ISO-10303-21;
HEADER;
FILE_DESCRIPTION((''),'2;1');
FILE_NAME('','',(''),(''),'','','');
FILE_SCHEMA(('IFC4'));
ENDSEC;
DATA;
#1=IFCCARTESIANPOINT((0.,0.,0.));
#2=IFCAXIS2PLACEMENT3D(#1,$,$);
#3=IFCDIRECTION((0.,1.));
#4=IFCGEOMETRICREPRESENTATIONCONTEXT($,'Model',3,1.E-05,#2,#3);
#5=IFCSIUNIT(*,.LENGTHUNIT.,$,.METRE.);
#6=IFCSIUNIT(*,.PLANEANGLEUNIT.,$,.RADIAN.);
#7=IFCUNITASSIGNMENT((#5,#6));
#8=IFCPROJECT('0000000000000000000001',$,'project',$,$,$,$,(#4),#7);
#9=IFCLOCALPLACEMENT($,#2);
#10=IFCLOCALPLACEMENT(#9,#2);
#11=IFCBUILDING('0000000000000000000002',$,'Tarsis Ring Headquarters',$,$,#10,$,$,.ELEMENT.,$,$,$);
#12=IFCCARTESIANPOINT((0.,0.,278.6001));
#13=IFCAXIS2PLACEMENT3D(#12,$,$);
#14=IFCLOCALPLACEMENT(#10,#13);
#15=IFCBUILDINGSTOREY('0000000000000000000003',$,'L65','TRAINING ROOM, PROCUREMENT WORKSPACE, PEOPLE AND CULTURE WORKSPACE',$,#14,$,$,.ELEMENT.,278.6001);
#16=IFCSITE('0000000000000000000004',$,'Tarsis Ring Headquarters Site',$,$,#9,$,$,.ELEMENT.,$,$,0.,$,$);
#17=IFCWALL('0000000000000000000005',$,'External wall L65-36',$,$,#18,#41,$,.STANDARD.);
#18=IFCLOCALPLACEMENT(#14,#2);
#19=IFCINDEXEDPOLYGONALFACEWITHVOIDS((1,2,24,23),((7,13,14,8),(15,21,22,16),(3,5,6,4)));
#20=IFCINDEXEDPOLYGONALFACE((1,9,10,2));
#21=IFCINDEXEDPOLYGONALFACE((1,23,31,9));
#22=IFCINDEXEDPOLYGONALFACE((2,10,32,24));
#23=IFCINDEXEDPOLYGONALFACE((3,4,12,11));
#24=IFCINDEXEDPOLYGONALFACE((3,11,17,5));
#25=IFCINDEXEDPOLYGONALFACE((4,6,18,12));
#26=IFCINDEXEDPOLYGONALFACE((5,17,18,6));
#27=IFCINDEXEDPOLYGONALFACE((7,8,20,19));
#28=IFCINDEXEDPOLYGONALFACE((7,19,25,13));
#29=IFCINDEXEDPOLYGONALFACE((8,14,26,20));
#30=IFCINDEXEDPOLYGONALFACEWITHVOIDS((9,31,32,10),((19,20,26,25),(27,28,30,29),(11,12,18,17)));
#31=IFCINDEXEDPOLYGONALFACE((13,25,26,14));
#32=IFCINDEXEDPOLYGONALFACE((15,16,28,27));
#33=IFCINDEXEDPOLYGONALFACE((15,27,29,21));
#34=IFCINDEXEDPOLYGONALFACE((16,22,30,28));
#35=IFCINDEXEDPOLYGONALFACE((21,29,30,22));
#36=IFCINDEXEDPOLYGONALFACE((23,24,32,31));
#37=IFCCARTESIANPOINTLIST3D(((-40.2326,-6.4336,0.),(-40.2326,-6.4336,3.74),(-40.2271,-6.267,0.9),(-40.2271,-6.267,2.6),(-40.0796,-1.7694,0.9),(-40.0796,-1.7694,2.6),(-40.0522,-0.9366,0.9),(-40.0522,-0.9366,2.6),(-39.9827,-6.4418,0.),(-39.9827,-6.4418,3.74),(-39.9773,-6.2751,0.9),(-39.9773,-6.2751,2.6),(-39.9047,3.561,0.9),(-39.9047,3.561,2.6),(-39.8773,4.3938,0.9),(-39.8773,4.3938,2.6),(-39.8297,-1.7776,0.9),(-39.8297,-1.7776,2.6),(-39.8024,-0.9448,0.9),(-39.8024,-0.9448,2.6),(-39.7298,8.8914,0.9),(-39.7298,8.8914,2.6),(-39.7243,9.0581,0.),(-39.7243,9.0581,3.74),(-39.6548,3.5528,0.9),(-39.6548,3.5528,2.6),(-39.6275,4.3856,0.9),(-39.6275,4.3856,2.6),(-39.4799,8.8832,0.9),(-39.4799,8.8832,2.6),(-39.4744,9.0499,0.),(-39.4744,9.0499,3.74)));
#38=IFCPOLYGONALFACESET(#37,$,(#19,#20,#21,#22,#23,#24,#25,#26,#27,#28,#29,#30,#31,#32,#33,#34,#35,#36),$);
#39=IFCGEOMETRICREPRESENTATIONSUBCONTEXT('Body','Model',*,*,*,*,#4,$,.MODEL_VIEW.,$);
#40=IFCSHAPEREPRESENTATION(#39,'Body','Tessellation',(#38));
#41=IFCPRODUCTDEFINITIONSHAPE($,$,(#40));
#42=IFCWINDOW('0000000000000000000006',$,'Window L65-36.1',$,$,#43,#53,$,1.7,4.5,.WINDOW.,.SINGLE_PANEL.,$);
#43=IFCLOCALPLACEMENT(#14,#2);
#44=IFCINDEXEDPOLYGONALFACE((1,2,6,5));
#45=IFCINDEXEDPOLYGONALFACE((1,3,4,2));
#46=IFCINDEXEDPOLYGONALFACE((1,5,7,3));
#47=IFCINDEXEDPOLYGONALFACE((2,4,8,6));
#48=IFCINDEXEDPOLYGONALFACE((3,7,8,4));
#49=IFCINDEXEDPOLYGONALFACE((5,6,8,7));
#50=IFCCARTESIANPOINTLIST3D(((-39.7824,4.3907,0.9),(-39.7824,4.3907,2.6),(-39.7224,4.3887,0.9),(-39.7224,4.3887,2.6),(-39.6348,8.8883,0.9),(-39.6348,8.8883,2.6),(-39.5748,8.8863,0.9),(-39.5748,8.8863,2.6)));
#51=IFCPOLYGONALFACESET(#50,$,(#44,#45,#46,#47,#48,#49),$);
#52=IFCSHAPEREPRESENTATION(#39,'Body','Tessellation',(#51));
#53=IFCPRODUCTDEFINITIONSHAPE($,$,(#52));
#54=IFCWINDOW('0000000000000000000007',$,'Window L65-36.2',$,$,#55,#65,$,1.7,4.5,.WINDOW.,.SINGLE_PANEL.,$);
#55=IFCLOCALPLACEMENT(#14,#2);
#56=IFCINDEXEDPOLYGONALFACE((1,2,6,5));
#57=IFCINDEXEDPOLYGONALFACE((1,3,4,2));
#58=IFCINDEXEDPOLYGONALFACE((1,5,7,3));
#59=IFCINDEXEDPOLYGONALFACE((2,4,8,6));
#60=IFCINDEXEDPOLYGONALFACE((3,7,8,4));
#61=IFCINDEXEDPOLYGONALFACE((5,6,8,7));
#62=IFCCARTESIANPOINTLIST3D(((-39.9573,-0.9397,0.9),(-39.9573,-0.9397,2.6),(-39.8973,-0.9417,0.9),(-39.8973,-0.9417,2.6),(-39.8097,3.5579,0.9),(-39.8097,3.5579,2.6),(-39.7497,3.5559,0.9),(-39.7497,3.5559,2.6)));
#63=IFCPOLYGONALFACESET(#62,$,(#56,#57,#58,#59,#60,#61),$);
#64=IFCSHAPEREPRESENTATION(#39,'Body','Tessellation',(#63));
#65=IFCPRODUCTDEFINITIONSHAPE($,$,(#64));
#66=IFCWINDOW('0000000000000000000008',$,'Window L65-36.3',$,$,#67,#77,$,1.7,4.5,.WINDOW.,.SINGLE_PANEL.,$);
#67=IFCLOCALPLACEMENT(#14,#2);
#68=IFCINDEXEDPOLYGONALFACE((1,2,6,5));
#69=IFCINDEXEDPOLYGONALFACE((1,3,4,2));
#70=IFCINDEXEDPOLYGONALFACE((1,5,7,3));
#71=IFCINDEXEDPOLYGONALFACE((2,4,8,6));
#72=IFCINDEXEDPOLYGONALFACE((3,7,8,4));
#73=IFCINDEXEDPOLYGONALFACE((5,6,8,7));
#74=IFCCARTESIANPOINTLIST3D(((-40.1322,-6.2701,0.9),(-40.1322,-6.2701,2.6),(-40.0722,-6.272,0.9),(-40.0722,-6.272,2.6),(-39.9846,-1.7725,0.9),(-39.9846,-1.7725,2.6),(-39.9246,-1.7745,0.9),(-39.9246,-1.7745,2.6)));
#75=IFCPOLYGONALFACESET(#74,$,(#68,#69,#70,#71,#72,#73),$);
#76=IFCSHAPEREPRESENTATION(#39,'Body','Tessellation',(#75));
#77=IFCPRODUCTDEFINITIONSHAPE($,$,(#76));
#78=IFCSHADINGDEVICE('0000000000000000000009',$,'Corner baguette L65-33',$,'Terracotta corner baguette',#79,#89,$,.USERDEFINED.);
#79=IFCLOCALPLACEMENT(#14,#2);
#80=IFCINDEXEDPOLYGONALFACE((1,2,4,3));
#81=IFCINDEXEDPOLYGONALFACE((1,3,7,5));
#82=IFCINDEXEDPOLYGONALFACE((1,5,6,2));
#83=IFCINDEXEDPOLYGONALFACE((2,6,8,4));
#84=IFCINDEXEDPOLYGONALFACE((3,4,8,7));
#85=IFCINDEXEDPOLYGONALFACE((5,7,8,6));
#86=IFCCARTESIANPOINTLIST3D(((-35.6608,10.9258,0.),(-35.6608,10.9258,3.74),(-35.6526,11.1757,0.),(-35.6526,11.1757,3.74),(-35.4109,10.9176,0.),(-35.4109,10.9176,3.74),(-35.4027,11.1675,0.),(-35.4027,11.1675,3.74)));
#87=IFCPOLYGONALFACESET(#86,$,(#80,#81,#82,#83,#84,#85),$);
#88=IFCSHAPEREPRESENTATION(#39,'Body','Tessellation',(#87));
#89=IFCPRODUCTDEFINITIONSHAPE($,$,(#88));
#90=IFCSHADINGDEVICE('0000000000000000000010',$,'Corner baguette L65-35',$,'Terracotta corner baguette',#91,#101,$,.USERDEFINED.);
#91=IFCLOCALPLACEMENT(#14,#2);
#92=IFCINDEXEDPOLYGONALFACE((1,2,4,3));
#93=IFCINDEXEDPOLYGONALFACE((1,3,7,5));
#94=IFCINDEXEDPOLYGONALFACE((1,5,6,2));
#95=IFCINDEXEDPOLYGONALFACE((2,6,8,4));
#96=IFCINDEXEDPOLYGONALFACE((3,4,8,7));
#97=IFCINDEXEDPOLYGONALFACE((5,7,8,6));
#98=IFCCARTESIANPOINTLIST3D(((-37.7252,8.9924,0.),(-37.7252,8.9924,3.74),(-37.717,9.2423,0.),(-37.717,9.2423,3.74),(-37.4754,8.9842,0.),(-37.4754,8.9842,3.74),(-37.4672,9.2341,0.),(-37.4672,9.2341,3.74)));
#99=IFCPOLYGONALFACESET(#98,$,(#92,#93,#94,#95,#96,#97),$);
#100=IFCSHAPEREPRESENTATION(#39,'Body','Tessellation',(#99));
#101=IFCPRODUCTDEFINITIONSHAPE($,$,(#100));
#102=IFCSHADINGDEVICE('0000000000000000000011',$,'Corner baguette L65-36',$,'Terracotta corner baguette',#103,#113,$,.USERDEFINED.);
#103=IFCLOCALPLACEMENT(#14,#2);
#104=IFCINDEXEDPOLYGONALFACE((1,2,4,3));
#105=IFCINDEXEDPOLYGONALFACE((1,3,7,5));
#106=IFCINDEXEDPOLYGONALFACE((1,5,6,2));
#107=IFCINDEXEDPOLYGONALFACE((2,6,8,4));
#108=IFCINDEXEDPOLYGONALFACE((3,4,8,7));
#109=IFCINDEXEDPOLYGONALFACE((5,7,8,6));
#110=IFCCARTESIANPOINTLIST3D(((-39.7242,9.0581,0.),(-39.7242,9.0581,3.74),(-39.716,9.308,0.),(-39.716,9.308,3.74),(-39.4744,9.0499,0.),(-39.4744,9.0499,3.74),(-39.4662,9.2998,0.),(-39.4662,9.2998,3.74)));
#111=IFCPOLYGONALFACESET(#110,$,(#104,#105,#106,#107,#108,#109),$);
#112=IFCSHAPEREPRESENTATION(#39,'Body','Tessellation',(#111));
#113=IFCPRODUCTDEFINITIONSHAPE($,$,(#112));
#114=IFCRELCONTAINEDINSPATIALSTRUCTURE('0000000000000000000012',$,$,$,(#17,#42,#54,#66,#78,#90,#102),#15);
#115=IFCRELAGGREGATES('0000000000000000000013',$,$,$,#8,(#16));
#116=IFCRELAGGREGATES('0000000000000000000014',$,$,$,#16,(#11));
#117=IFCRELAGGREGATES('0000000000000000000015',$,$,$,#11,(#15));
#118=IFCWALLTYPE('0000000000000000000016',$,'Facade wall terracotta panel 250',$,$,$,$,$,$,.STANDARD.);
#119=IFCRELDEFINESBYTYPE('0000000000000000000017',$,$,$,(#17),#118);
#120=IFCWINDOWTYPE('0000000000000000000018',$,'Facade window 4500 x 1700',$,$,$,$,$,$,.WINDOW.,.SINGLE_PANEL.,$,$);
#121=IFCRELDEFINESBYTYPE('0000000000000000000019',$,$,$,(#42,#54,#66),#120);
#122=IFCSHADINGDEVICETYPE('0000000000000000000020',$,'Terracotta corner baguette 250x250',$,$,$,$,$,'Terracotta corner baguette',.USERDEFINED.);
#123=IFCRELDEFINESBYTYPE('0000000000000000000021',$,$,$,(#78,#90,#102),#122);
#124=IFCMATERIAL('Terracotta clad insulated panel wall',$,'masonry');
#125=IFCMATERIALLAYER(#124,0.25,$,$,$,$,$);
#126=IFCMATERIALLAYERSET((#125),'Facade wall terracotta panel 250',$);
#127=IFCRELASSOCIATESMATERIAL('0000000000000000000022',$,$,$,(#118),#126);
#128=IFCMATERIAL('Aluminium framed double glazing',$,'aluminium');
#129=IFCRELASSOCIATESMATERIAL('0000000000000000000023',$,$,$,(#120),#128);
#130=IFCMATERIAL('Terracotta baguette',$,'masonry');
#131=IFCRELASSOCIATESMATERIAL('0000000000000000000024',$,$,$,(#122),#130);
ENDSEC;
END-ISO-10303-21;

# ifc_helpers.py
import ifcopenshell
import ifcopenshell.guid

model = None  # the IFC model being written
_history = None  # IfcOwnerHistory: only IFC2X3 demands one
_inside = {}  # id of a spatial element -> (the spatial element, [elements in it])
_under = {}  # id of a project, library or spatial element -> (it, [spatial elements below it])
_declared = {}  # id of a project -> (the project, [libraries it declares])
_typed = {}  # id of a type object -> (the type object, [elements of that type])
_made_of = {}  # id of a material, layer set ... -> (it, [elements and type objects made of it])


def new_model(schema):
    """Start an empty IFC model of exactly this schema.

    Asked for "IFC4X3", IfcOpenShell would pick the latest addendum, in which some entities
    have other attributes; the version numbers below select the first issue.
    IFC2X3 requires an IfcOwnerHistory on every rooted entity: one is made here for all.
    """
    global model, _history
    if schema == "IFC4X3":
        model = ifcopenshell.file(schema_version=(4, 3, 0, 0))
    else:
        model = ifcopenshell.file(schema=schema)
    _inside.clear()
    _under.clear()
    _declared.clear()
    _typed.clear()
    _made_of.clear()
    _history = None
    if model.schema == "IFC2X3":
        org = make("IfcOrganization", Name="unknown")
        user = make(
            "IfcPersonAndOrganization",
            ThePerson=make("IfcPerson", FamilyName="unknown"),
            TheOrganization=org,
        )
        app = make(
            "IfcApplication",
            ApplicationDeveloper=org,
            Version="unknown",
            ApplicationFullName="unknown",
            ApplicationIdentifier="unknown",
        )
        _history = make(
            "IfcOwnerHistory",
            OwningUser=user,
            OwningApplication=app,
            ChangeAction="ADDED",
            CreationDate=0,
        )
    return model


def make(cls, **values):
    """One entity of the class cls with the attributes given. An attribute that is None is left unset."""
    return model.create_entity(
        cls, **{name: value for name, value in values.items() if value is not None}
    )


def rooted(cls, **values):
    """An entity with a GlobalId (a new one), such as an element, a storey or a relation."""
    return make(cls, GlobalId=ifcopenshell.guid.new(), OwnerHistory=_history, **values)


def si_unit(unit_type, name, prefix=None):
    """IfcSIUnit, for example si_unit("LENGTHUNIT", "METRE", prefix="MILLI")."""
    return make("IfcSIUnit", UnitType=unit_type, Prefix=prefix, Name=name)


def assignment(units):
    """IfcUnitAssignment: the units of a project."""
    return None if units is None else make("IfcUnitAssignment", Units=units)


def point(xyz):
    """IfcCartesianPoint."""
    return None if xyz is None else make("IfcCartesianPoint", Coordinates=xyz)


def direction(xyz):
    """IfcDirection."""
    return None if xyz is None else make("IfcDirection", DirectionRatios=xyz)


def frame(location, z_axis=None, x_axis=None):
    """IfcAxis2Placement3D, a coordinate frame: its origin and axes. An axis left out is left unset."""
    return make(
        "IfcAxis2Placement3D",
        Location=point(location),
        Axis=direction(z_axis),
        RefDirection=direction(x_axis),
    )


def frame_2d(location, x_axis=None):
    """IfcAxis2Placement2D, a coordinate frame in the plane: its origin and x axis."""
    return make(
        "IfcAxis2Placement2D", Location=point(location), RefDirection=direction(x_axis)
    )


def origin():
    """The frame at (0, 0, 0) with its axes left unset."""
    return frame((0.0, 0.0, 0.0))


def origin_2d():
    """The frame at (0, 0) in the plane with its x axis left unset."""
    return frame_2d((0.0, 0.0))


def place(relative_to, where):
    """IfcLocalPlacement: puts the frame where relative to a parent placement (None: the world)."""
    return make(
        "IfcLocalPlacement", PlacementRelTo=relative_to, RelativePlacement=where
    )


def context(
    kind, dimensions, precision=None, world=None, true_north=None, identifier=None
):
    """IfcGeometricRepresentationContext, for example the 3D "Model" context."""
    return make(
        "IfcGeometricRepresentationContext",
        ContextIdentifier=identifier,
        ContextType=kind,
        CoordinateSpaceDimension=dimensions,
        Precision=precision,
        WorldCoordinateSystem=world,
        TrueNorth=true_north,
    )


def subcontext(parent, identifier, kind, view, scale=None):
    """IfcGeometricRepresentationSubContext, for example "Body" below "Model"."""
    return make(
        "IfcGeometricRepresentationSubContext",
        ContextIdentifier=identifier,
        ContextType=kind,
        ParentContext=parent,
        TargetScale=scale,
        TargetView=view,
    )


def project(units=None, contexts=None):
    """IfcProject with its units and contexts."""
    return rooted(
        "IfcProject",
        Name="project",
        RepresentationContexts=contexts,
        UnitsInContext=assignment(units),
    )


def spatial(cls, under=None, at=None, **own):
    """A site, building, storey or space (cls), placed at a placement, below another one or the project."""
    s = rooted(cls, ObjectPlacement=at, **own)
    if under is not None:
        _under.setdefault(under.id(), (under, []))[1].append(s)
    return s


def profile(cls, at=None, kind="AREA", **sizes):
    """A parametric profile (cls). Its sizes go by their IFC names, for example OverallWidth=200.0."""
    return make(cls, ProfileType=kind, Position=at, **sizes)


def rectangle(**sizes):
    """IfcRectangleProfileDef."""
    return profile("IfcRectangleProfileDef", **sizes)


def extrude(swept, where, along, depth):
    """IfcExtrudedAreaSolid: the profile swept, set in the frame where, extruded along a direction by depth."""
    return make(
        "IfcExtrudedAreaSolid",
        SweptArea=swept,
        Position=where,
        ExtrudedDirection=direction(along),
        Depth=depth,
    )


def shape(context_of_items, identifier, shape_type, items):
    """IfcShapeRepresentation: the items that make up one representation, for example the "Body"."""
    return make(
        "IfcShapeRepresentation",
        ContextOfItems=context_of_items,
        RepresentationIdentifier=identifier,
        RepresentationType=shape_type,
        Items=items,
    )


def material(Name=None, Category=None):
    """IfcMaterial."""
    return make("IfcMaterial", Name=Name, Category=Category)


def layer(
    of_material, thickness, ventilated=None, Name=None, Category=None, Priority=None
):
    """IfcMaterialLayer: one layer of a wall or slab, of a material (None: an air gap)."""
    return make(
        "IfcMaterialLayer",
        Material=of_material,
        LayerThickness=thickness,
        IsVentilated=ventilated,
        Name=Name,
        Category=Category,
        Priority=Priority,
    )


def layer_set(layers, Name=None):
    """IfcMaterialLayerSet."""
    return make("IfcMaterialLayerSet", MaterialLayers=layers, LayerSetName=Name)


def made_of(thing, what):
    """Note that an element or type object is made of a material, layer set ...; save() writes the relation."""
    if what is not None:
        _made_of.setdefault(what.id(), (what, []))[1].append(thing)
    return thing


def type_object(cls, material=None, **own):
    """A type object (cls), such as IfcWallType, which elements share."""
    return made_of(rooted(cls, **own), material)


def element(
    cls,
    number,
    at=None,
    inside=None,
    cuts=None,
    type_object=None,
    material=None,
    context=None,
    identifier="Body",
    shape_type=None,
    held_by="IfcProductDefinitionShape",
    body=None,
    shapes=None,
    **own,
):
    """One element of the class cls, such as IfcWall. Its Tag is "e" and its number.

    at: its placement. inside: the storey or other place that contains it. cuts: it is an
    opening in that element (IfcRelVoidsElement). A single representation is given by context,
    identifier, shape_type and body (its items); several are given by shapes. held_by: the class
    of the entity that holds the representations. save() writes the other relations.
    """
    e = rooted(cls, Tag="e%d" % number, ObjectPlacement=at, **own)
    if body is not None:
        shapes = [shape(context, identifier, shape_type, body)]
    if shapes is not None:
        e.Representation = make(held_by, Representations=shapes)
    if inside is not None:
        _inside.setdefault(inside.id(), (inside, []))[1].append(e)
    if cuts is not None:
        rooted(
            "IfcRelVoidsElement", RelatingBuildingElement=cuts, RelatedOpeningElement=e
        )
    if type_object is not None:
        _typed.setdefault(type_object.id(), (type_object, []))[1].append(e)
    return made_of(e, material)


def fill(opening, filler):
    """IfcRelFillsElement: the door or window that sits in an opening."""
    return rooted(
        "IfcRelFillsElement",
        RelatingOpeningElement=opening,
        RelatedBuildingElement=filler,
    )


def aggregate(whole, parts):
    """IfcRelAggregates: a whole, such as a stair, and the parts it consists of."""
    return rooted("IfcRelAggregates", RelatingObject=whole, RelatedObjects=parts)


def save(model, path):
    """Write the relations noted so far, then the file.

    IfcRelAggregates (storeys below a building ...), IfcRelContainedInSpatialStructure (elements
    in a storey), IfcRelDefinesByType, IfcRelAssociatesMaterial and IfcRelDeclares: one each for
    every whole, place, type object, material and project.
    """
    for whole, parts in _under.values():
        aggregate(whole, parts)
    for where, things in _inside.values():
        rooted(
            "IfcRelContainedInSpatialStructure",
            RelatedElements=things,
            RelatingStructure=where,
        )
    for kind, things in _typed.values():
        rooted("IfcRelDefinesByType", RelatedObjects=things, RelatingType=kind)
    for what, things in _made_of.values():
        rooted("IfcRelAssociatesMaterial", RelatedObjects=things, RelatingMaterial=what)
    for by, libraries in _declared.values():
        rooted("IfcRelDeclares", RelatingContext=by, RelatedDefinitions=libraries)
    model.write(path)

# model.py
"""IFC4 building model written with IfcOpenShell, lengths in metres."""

from ifc_helpers import new_model, si_unit, direction, frame, frame_2d, origin, origin_2d, place, context, subcontext, project, spatial, rectangle, extrude, material, layer, layer_set, type_object, element, fill, save


model = new_model("IFC4")

# Units and contexts
model_context = context("Model", 3, precision=1e-05, world=origin(), true_north=direction((0.0, 1.0)))
body_context = subcontext(model_context, "Body", "Model", "MODEL_VIEW")
ifc_project = project(units=[si_unit("LENGTHUNIT", "METRE"), si_unit("PLANEANGLEUNIT", "RADIAN")], contexts=[model_context])

# Site, building, storey
site_placement = place(None, origin())
site = spatial("IfcSite", under=ifc_project, at=site_placement, Name="Tarsis Ring Headquarters Site", CompositionType="ELEMENT", RefElevation=0.0)
building_placement = place(site_placement, origin())
building = spatial("IfcBuilding", under=site, at=building_placement, Name="Tarsis Ring Headquarters", CompositionType="ELEMENT")
storey_placement = place(building_placement, frame((0.0, 0.0, 278.6001)))
storey = spatial("IfcBuildingStorey", under=building, at=storey_placement, Name="L65", Description="TRAINING ROOM, PROCUREMENT WORKSPACE, PEOPLE AND CULTURE WORKSPACE", CompositionType="ELEMENT", Elevation=278.6001)

# Shared definitions
ifc_material_1 = material(Name="Terracotta clad insulated panel wall", Category="masonry")
ifc_layer_1 = layer(ifc_material_1, 0.25)
ifc_layer_set_1 = layer_set([ifc_layer_1], Name="Facade wall terracotta panel 250")
wall_type_1 = type_object("IfcWallType", Name="Facade wall terracotta panel 250", PredefinedType="STANDARD", material=ifc_layer_set_1)

# Wall, openings, windows
wall_1_placement = place(storey_placement, frame((-39.5994, 9.054, 0.0), z_axis=(0.0, 0.0, 1.0), x_axis=(-0.032794, -0.999462, 0.0)))
wall_1 = element("IfcWall", 1, at=wall_1_placement, inside=storey, type_object=wall_type_1, Name="External wall L65-36", PredefinedType="STANDARD", context=body_context, shape_type="SweptSolid", body=[
    extrude(rectangle(XDim=15.5, YDim=0.25, at=frame_2d((7.75, 0.0))), origin(), (0.0, 0.0, 1.0), 3.74),
])
opening_1_placement = place(wall_1_placement, frame((0.1667, 0.0, 0.8999)))
opening_1 = element("IfcOpeningElement", 2, at=opening_1_placement, cuts=wall_1, PredefinedType="OPENING", context=body_context, shape_type="SweptSolid", body=[
    extrude(rectangle(XDim=4.5, YDim=1.7, at=frame_2d((2.25, 0.8501))), frame((0.0, 0.135, 0.0), z_axis=(0.0, -1.0, 0.0), x_axis=(1.0, 0.0, 0.0)), (0.0, 0.0, 1.0), 0.27),
])
opening_2_placement = place(wall_1_placement, frame((5.5, 0.0, 0.8999)))
opening_2 = element("IfcOpeningElement", 3, at=opening_2_placement, cuts=wall_1, PredefinedType="OPENING", context=body_context, shape_type="SweptSolid", body=[
    extrude(rectangle(XDim=4.5, YDim=1.7, at=frame_2d((2.25, 0.8501))), frame((0.0, 0.135, 0.0), z_axis=(0.0, -1.0, 0.0), x_axis=(1.0, 0.0, 0.0)), (0.0, 0.0, 1.0), 0.27),
])
opening_3_placement = place(wall_1_placement, frame((10.8333, 0.0, 0.8999)))
opening_3 = element("IfcOpeningElement", 4, at=opening_3_placement, cuts=wall_1, PredefinedType="OPENING", context=body_context, shape_type="SweptSolid", body=[
    extrude(rectangle(XDim=4.5, YDim=1.7, at=frame_2d((2.25, 0.8501))), frame((0.0, 0.135, 0.0), z_axis=(0.0, -1.0, 0.0), x_axis=(1.0, 0.0, 0.0)), (0.0, 0.0, 1.0), 0.27),
])
ifc_material_2 = material(Name="Aluminium framed double glazing", Category="aluminium")
window_type = type_object("IfcWindowType", Name="Facade window 4500 x 1700", PartitioningType="SINGLE_PANEL", PredefinedType="WINDOW", material=ifc_material_2)
window_1_placement = place(opening_1_placement, origin())
window_1 = element("IfcWindow", 5, at=window_1_placement, inside=storey, type_object=window_type, Name="Window L65-36.1", OverallHeight=1.7, OverallWidth=4.5, PartitioningType="SINGLE_PANEL", PredefinedType="WINDOW", context=body_context, shape_type="SweptSolid", body=[
    extrude(rectangle(XDim=4.5, YDim=1.7, at=frame_2d((2.25, 0.8501))), frame((0.0, 0.03, 0.0), z_axis=(0.0, -1.0, 0.0), x_axis=(1.0, 0.0, 0.0)), (0.0, 0.0, 1.0), 0.0601),
])
fill(opening_1, window_1)
window_2_placement = place(opening_2_placement, origin())
window_2 = element("IfcWindow", 6, at=window_2_placement, inside=storey, type_object=window_type, Name="Window L65-36.2", OverallHeight=1.7, OverallWidth=4.5, PartitioningType="SINGLE_PANEL", PredefinedType="WINDOW", context=body_context, shape_type="SweptSolid", body=[
    extrude(rectangle(XDim=4.5, YDim=1.7, at=frame_2d((2.25, 0.8501))), frame((0.0, 0.03, 0.0), z_axis=(0.0, -1.0, 0.0), x_axis=(1.0, 0.0, 0.0)), (0.0, 0.0, 1.0), 0.0601),
])
fill(opening_2, window_2)
window_3_placement = place(opening_3_placement, origin())
window_3 = element("IfcWindow", 7, at=window_3_placement, inside=storey, type_object=window_type, Name="Window L65-36.3", OverallHeight=1.7, OverallWidth=4.5, PartitioningType="SINGLE_PANEL", PredefinedType="WINDOW", context=body_context, shape_type="SweptSolid", body=[
    extrude(rectangle(XDim=4.5, YDim=1.7, at=frame_2d((2.25, 0.8501))), frame((0.0, 0.03, 0.0), z_axis=(0.0, -1.0, 0.0), x_axis=(1.0, 0.0, 0.0)), (0.0, 0.0, 1.0), 0.0601),
])
fill(opening_3, window_3)

# Shading devices
ifc_material_3 = material(Name="Terracotta baguette", Category="masonry")
shading_device_type_1 = type_object("IfcShadingDeviceType", Name="Terracotta corner baguette 250x250", ElementType="Terracotta corner baguette", PredefinedType="USERDEFINED", material=ifc_material_3)
for number, where, z_axis, x_axis, name in (
    (8, (-35.5317, 11.0466, 0.0), (0.0, 0.0, 1.0), (-0.032806, -0.999462, 0.0), "Corner baguette L65-33"),
    (9, (-37.5962, 9.1133, 0.0), (0.0, 0.0, 1.0), (-0.032806, -0.999462, 0.0), "Corner baguette L65-35"),
    (10, (-39.5952, 9.179, 0.0), (0.0, 0.0, 1.0), (-0.999462, 0.032806, 0.0), "Corner baguette L65-36"),
):
    element("IfcShadingDevice", number, at=place(storey_placement, frame(where, z_axis=z_axis, x_axis=x_axis)), inside=storey, type_object=shading_device_type_1, Name=name, ObjectType="Terracotta corner baguette", PredefinedType="USERDEFINED", context=body_context, shape_type="SweptSolid", body=[
        extrude(rectangle(XDim=0.25, YDim=0.25, at=origin_2d()), origin(), (0.0, 0.0, 1.0), 3.74),
    ])

save(model, "model.ifc")
